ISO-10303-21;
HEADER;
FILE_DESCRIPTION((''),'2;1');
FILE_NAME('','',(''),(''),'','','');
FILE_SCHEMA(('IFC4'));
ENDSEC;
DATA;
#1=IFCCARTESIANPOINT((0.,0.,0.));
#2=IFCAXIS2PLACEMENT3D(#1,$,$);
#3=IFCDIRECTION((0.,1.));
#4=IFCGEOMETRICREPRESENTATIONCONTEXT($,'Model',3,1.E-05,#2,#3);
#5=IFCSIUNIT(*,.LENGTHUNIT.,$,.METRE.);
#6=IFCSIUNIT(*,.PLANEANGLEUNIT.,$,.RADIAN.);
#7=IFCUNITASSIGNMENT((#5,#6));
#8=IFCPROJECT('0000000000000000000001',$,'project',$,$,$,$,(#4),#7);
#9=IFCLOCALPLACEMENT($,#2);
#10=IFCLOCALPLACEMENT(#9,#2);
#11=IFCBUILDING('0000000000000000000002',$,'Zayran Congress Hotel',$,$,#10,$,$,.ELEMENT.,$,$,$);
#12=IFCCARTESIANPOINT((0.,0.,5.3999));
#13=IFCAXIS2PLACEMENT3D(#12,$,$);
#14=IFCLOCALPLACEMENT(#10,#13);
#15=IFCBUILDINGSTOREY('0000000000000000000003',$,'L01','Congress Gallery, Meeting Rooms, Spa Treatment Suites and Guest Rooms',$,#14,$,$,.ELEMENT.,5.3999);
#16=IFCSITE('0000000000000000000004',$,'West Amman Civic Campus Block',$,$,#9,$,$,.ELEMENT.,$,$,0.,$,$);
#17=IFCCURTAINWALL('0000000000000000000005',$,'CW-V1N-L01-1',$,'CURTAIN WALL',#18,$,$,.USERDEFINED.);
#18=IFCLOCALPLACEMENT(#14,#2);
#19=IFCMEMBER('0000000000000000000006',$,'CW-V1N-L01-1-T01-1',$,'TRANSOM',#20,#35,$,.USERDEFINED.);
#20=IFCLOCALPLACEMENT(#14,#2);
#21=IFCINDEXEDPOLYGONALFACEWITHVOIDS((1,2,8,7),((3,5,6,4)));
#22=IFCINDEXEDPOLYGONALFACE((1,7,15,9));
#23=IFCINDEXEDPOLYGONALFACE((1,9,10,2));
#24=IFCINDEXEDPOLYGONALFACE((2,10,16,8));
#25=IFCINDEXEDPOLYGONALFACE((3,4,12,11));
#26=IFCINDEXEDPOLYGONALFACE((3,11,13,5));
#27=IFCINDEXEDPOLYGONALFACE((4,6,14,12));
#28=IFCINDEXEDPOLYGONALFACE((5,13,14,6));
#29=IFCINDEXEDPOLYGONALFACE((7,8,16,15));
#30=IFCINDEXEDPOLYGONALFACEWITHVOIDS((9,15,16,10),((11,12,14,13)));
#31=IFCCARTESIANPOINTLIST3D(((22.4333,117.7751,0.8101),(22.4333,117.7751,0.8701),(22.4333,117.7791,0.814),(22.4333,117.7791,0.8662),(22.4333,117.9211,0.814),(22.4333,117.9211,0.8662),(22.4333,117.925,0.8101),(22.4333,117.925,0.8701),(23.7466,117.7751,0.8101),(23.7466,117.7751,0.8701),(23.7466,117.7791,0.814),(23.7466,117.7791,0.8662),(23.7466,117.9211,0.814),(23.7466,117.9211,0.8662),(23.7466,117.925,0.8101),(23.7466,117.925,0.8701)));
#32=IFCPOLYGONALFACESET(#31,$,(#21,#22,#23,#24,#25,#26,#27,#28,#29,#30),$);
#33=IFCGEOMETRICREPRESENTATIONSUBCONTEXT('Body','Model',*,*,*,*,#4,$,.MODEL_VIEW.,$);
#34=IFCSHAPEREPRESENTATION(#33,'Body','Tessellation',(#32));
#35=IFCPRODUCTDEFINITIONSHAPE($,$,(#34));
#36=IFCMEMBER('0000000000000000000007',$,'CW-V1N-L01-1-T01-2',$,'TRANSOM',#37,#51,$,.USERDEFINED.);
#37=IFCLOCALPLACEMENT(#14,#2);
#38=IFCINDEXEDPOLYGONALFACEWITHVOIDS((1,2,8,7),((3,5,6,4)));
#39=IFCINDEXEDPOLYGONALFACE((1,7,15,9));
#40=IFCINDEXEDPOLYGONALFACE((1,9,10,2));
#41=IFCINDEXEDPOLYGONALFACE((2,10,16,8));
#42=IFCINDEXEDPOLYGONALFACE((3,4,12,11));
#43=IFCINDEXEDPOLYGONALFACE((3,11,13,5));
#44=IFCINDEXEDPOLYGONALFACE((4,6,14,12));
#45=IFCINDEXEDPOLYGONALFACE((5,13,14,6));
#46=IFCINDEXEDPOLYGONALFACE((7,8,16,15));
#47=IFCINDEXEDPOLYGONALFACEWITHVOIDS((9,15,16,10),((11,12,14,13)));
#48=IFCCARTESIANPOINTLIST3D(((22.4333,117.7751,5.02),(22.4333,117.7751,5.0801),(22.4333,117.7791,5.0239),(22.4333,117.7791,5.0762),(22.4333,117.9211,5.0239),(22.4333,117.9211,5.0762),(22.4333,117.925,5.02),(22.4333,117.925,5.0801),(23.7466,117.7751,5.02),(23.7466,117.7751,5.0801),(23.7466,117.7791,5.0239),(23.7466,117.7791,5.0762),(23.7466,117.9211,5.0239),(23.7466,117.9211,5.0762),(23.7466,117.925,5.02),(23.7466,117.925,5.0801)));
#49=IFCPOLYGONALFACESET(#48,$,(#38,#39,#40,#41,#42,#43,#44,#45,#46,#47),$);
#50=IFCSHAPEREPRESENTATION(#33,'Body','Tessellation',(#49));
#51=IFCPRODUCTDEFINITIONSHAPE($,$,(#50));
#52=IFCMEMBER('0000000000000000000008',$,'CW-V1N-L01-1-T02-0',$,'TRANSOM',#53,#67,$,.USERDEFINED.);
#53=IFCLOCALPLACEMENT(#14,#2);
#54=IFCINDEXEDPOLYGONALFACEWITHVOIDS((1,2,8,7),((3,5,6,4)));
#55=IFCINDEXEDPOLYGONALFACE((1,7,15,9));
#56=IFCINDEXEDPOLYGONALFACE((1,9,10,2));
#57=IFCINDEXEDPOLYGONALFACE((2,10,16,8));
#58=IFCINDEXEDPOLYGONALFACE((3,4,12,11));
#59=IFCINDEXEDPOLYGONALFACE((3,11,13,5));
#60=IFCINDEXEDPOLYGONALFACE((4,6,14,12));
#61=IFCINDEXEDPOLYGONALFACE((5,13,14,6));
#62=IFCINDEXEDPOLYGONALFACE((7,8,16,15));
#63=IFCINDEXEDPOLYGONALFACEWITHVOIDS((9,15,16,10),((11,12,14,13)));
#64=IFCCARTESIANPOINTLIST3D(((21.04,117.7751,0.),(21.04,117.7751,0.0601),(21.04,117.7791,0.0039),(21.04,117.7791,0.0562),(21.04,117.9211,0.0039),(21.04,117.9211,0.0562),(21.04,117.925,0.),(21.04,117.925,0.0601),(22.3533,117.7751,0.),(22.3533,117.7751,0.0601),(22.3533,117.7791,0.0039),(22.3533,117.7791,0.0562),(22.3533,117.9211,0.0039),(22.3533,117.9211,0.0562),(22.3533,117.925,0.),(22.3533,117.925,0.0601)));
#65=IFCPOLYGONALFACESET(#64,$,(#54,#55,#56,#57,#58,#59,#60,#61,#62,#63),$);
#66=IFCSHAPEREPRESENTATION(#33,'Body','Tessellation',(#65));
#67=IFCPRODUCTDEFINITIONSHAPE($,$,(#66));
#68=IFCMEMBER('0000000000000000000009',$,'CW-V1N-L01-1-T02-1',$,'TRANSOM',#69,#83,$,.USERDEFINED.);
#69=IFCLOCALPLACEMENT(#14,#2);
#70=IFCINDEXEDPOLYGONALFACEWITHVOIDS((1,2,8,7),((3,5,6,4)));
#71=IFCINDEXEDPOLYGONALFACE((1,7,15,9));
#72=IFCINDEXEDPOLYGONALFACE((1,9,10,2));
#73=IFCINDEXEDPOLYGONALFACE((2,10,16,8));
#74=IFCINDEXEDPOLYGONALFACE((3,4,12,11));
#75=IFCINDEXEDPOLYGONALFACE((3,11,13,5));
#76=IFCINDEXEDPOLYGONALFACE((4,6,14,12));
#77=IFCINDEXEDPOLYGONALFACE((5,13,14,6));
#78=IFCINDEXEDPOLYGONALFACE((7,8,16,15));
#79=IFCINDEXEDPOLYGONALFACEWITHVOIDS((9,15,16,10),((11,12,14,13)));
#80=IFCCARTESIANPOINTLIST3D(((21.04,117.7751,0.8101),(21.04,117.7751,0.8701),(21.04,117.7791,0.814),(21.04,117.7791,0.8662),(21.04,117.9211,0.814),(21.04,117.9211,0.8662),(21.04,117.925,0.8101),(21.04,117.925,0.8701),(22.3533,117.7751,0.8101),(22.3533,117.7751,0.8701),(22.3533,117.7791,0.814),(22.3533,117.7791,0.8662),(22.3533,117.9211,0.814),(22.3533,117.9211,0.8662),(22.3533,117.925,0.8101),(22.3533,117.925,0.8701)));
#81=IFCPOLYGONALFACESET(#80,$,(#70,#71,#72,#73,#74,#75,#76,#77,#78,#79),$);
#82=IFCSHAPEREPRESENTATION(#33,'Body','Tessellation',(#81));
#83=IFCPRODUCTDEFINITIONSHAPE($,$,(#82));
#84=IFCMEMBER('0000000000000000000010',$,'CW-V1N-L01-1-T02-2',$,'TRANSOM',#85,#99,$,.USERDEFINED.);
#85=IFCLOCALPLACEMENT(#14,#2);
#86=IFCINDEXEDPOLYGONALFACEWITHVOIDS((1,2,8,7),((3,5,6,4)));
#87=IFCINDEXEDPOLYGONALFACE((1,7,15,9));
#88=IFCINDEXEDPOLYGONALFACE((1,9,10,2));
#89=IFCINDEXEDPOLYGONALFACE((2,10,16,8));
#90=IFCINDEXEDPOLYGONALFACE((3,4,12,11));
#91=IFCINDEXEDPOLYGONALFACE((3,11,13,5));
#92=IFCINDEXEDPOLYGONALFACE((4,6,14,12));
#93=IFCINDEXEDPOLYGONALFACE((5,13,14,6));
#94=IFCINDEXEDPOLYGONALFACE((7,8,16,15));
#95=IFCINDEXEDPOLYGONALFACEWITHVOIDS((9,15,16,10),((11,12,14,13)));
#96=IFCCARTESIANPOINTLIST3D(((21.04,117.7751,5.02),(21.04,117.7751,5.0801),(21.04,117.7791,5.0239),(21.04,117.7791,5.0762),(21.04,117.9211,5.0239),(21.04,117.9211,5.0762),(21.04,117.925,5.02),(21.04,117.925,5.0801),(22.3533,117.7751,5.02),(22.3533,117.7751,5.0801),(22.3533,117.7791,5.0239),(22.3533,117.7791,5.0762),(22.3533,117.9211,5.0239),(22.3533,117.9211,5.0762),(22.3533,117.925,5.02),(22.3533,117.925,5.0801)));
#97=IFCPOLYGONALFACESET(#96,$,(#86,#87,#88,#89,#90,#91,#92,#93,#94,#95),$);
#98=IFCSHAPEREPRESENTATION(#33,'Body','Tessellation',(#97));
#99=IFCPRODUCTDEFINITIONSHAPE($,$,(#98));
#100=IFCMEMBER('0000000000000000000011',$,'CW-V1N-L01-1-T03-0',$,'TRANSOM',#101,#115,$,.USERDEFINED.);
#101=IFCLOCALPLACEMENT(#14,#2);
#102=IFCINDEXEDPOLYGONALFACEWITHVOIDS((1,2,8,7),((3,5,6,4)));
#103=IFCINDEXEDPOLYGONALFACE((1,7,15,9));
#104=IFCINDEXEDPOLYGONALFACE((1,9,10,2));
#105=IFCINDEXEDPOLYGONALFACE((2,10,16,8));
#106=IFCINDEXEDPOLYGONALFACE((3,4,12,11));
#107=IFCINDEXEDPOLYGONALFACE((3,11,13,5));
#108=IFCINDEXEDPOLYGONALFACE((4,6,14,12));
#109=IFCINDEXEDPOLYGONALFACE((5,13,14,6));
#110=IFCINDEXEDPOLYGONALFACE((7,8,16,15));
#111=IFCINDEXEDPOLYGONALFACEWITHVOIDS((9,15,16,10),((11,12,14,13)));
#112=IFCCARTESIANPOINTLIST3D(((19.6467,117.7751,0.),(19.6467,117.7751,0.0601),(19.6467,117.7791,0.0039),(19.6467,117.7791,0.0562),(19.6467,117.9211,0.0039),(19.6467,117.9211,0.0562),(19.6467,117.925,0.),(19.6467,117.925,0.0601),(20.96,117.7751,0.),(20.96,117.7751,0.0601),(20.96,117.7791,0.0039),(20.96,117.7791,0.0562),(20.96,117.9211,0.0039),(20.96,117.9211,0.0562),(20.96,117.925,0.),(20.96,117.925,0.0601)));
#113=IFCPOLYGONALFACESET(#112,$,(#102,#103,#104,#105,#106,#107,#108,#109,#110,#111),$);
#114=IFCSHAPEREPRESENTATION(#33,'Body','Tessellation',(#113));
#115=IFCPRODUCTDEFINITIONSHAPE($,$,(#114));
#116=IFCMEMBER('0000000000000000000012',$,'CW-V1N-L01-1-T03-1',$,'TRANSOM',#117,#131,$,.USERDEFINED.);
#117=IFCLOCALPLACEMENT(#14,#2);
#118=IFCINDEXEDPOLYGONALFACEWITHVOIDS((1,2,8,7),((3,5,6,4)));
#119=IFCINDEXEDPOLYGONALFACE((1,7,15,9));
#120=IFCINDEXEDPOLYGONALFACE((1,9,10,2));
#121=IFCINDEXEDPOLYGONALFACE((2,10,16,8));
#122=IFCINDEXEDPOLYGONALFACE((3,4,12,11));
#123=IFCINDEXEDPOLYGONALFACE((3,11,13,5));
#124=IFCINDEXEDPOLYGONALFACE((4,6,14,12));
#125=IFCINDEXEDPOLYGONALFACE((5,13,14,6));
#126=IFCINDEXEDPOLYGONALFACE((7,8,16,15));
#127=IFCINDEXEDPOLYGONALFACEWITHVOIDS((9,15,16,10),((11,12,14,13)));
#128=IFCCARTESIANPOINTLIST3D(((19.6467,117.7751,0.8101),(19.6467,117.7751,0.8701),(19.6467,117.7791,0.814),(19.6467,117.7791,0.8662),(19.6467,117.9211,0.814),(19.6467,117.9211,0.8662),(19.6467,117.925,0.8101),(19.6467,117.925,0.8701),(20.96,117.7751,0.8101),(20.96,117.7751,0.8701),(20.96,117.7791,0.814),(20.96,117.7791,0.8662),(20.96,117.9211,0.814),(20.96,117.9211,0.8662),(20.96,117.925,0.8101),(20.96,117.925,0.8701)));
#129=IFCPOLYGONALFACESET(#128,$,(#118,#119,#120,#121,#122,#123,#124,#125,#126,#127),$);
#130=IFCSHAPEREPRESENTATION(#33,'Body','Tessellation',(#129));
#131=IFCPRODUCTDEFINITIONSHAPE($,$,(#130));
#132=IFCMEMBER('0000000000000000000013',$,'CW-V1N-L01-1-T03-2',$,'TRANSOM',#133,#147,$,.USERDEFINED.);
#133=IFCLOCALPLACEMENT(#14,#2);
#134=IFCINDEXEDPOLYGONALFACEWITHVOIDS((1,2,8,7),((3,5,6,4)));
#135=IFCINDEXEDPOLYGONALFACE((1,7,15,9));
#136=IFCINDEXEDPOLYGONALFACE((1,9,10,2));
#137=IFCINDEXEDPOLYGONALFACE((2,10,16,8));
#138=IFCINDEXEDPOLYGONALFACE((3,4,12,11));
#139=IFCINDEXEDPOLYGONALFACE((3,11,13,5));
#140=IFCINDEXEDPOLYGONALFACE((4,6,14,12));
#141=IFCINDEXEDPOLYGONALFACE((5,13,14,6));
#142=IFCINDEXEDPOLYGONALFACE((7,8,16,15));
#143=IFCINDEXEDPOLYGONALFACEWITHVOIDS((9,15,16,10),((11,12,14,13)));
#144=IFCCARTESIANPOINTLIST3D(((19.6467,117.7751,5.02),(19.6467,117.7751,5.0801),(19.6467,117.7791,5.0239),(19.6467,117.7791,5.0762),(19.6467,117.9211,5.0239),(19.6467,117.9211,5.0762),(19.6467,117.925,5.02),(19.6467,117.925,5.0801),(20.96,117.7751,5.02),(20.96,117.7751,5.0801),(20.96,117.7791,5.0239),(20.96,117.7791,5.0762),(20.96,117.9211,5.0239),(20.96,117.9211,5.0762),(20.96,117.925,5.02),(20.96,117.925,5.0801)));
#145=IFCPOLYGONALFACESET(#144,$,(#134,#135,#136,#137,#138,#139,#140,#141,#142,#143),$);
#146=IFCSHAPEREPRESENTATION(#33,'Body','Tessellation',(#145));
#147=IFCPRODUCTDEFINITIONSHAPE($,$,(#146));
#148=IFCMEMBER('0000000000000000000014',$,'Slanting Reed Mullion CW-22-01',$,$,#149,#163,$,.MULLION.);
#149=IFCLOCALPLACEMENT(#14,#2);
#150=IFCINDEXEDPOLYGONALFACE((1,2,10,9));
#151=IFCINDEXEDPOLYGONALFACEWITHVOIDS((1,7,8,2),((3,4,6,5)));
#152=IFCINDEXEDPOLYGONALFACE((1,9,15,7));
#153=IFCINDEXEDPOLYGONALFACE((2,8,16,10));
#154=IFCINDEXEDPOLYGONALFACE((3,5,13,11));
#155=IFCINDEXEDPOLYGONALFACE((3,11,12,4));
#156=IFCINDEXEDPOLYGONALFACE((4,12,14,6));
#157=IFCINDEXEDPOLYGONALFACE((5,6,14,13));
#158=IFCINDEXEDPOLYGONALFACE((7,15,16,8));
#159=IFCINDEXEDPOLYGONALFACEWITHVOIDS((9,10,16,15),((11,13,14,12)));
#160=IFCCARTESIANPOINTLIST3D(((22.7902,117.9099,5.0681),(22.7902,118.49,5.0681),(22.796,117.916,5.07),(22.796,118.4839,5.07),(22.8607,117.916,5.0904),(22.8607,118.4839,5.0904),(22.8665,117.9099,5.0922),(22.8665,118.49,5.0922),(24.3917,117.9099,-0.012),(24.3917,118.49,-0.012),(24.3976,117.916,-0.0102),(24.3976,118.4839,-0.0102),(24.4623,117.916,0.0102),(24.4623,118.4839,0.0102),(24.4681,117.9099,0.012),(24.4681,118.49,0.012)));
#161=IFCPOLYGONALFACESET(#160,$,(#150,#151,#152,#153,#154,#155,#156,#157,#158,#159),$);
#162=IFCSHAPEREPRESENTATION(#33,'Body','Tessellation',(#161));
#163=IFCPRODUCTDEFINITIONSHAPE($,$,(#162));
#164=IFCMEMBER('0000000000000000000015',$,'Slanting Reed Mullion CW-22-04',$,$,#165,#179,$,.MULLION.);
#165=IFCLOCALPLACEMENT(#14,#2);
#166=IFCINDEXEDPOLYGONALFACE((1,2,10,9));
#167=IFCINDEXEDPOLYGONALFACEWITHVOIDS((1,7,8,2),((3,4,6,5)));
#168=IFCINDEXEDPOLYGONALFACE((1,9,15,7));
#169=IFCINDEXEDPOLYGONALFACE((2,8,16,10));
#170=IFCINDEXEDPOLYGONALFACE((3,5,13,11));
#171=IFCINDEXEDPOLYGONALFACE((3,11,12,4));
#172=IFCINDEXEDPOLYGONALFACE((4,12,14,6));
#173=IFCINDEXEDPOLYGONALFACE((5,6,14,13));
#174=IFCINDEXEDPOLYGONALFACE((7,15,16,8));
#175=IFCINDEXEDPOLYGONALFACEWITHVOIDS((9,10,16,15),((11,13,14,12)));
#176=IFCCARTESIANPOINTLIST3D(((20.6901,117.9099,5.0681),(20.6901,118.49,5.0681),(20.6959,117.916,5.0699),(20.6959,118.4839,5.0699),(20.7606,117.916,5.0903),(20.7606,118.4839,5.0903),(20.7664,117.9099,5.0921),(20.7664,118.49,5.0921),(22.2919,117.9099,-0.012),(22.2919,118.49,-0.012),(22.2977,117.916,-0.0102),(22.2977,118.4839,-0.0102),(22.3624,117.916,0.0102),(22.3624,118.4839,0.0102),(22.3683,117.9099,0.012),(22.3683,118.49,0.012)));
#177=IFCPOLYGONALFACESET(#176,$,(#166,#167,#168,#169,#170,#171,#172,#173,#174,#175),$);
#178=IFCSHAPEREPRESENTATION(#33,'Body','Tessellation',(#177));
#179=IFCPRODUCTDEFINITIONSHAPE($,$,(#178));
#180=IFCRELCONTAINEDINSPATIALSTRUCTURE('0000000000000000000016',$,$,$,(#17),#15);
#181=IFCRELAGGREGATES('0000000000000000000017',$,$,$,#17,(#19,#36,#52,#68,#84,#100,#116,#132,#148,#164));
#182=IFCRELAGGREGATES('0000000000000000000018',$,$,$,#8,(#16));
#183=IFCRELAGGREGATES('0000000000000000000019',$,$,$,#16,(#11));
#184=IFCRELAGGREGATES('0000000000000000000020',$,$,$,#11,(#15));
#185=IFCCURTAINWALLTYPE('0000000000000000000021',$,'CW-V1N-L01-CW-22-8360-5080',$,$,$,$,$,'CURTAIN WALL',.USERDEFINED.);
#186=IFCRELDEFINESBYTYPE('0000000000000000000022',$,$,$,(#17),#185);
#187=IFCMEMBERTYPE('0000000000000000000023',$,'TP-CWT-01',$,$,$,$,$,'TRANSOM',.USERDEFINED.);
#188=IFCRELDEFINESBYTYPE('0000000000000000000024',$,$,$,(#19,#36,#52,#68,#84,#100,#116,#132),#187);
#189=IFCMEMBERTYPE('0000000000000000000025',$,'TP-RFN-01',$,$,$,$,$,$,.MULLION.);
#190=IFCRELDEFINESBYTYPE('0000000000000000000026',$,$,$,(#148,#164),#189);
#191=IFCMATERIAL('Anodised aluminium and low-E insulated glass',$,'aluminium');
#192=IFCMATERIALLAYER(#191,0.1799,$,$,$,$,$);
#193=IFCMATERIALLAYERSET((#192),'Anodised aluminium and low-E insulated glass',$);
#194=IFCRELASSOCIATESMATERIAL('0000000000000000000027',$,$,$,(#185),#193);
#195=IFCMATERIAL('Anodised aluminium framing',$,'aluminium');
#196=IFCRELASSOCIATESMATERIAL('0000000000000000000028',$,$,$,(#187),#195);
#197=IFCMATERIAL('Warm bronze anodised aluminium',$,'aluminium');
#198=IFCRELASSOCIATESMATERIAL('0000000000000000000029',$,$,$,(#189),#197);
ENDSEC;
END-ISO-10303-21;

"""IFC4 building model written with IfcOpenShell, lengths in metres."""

from ifc_helpers import new_model, si_unit, direction, frame, origin, origin_2d, place, context, subcontext, project, spatial, hollow_rectangle, extrude, material, layer, layer_set, material_profile, profile_set, type_object, element, aggregate, save


model = new_model("IFC4")

# Units and contexts
model_context = context("Model", 3, precision=1e-05, world=origin(), true_north=direction((0.0, 1.0)))
body_context = subcontext(model_context, "Body", "Model", "MODEL_VIEW")
ifc_project = project(units=[si_unit("LENGTHUNIT", "METRE"), si_unit("PLANEANGLEUNIT", "RADIAN")], contexts=[model_context])

# Site, building, storey
site_placement = place(None, origin())
site = spatial("IfcSite", under=ifc_project, at=site_placement, Name="West Amman Civic Campus Block", CompositionType="ELEMENT", RefElevation=0.0)
building_placement = place(site_placement, origin())
building = spatial("IfcBuilding", under=site, at=building_placement, Name="Zayran Congress Hotel", CompositionType="ELEMENT")
storey_placement = place(building_placement, frame((0.0, 0.0, 5.3999)))
storey = spatial("IfcBuildingStorey", under=building, at=storey_placement, Name="L01", Description="Congress Gallery, Meeting Rooms, Spa Treatment Suites and Guest Rooms", CompositionType="ELEMENT", Elevation=5.3999)

# Curtain wall
ifc_material_1 = material(Name="Anodised aluminium and low-E insulated glass", Category="aluminium")
ifc_layer_1 = layer(ifc_material_1, 0.1799)
ifc_layer_set_1 = layer_set([ifc_layer_1], Name="Anodised aluminium and low-E insulated glass")
curtain_wall_type_1 = type_object("IfcCurtainWallType", Name="CW-V1N-L01-CW-22-8360-5080", ElementType="CURTAIN WALL", PredefinedType="USERDEFINED", material=ifc_layer_set_1)
curtain_wall_1_placement = place(storey_placement, origin())
curtain_wall_1 = element("IfcCurtainWall", 1, at=curtain_wall_1_placement, inside=storey, type_object=curtain_wall_type_1, Name="CW-V1N-L01-1", ObjectType="CURTAIN WALL", PredefinedType="USERDEFINED")
ifc_material_2 = material(Name="Anodised aluminium framing", Category="aluminium")

# Members
ifc_material_profile_1 = material_profile(ifc_material_2, hollow_rectangle(XDim=0.0601, YDim=0.1499, WallThickness=0.0039, at=origin_2d()), Name="RHS 150x60x4")
ifc_profile_set_1 = profile_set([ifc_material_profile_1], Name="Anodised aluminium framing")
member_type_1 = type_object("IfcMemberType", Name="TP-CWT-01", ElementType="TRANSOM", PredefinedType="USERDEFINED", material=ifc_profile_set_1)
member_1_placement = place(storey_placement, frame((23.7466, 117.8501, 0.8401), z_axis=(-1.0, 0.0, 0.0), x_axis=(0.0, 0.0, 1.0)))
member_1 = element("IfcMember", 2, at=member_1_placement, type_object=member_type_1, Name="CW-V1N-L01-1-T01-1", ObjectType="TRANSOM", PredefinedType="USERDEFINED", context=body_context, shape_type="SweptSolid", body=[
    extrude(hollow_rectangle(XDim=0.0601, YDim=0.1499, WallThickness=0.0039, at=origin_2d()), origin(), (0.0, 0.0, 1.0), 1.3132),
])
member_2_placement = place(storey_placement, frame((23.7466, 117.8501, 5.05), z_axis=(-1.0, 0.0, 0.0), x_axis=(0.0, 0.0, 1.0)))
member_2 = element("IfcMember", 3, at=member_2_placement, type_object=member_type_1, Name="CW-V1N-L01-1-T01-2", ObjectType="TRANSOM", PredefinedType="USERDEFINED", context=body_context, shape_type="SweptSolid", body=[
    extrude(hollow_rectangle(XDim=0.0601, YDim=0.1499, WallThickness=0.0039, at=origin_2d()), origin(), (0.0, 0.0, 1.0), 1.3132),
])
member_3_placement = place(storey_placement, frame((22.3533, 117.8501, 0.03), z_axis=(-1.0, 0.0, 0.0), x_axis=(0.0, 0.0, 1.0)))
member_3 = element("IfcMember", 4, at=member_3_placement, type_object=member_type_1, Name="CW-V1N-L01-1-T02-0", ObjectType="TRANSOM", PredefinedType="USERDEFINED", context=body_context, shape_type="SweptSolid", body=[
    extrude(hollow_rectangle(XDim=0.0601, YDim=0.1499, WallThickness=0.0039, at=origin_2d()), origin(), (0.0, 0.0, 1.0), 1.3132),
])
member_4_placement = place(storey_placement, frame((22.3533, 117.8501, 0.8401), z_axis=(-1.0, 0.0, 0.0), x_axis=(0.0, 0.0, 1.0)))
member_4 = element("IfcMember", 5, at=member_4_placement, type_object=member_type_1, Name="CW-V1N-L01-1-T02-1", ObjectType="TRANSOM", PredefinedType="USERDEFINED", context=body_context, shape_type="SweptSolid", body=[
    extrude(hollow_rectangle(XDim=0.0601, YDim=0.1499, WallThickness=0.0039, at=origin_2d()), origin(), (0.0, 0.0, 1.0), 1.3132),
])
member_5_placement = place(storey_placement, frame((22.3533, 117.8501, 5.05), z_axis=(-1.0, 0.0, 0.0), x_axis=(0.0, 0.0, 1.0)))
member_5 = element("IfcMember", 6, at=member_5_placement, type_object=member_type_1, Name="CW-V1N-L01-1-T02-2", ObjectType="TRANSOM", PredefinedType="USERDEFINED", context=body_context, shape_type="SweptSolid", body=[
    extrude(hollow_rectangle(XDim=0.0601, YDim=0.1499, WallThickness=0.0039, at=origin_2d()), origin(), (0.0, 0.0, 1.0), 1.3132),
])
member_6_placement = place(storey_placement, frame((20.96, 117.8501, 0.03), z_axis=(-1.0, 0.0, 0.0), x_axis=(0.0, 0.0, 1.0)))
member_6 = element("IfcMember", 7, at=member_6_placement, type_object=member_type_1, Name="CW-V1N-L01-1-T03-0", ObjectType="TRANSOM", PredefinedType="USERDEFINED", context=body_context, shape_type="SweptSolid", body=[
    extrude(hollow_rectangle(XDim=0.0601, YDim=0.1499, WallThickness=0.0039, at=origin_2d()), origin(), (0.0, 0.0, 1.0), 1.3132),
])
member_7_placement = place(storey_placement, frame((20.96, 117.8501, 0.8401), z_axis=(-1.0, 0.0, 0.0), x_axis=(0.0, 0.0, 1.0)))
member_7 = element("IfcMember", 8, at=member_7_placement, type_object=member_type_1, Name="CW-V1N-L01-1-T03-1", ObjectType="TRANSOM", PredefinedType="USERDEFINED", context=body_context, shape_type="SweptSolid", body=[
    extrude(hollow_rectangle(XDim=0.0601, YDim=0.1499, WallThickness=0.0039, at=origin_2d()), origin(), (0.0, 0.0, 1.0), 1.3132),
])
member_8_placement = place(storey_placement, frame((20.96, 117.8501, 5.05), z_axis=(-1.0, 0.0, 0.0), x_axis=(0.0, 0.0, 1.0)))
member_8 = element("IfcMember", 9, at=member_8_placement, type_object=member_type_1, Name="CW-V1N-L01-1-T03-2", ObjectType="TRANSOM", PredefinedType="USERDEFINED", context=body_context, shape_type="SweptSolid", body=[
    extrude(hollow_rectangle(XDim=0.0601, YDim=0.1499, WallThickness=0.0039, at=origin_2d()), origin(), (0.0, 0.0, 1.0), 1.3132),
])
ifc_material_3 = material(Name="Warm bronze anodised aluminium", Category="aluminium")
ifc_material_profile_2 = material_profile(ifc_material_3, hollow_rectangle(XDim=0.0801, YDim=0.5801, WallThickness=0.0061, at=origin_2d()), Name="RHS 580x80x6")
ifc_profile_set_2 = profile_set([ifc_material_profile_2], Name="Warm bronze anodised aluminium")
member_type_2 = type_object("IfcMemberType", Name="TP-RFN-01", PredefinedType="MULLION", material=ifc_profile_set_2)
member_9_placement = place(storey_placement, frame((24.4299, 118.2, 0.0), z_axis=(-0.300675, 0.0, 0.953727), x_axis=(0.953727, 0.0, 0.300675)))
member_9 = element("IfcMember", 10, at=member_9_placement, type_object=member_type_2, Name="Slanting Reed Mullion CW-22-01", PredefinedType="MULLION", context=body_context, shape_type="SweptSolid", body=[
    extrude(hollow_rectangle(XDim=0.0801, YDim=0.5801, WallThickness=0.0061, at=origin_2d()), origin(), (0.0, 0.0, 1.0), 5.3267),
])
member_10_placement = place(storey_placement, frame((22.3301, 118.2, 0.0), z_axis=(-0.300717, 0.0, 0.953713), x_axis=(0.953713, 0.0, 0.300717)))
member_10 = element("IfcMember", 11, at=member_10_placement, type_object=member_type_2, Name="Slanting Reed Mullion CW-22-04", PredefinedType="MULLION", context=body_context, shape_type="SweptSolid", body=[
    extrude(hollow_rectangle(XDim=0.0801, YDim=0.5801, WallThickness=0.0061, at=origin_2d()), origin(), (0.0, 0.0, 1.0), 5.3267),
])

aggregate(curtain_wall_1, [member_1, member_2, member_3, member_4, member_5, member_6, member_7, member_8, member_9, member_10])

save(model, "model.ifc")
